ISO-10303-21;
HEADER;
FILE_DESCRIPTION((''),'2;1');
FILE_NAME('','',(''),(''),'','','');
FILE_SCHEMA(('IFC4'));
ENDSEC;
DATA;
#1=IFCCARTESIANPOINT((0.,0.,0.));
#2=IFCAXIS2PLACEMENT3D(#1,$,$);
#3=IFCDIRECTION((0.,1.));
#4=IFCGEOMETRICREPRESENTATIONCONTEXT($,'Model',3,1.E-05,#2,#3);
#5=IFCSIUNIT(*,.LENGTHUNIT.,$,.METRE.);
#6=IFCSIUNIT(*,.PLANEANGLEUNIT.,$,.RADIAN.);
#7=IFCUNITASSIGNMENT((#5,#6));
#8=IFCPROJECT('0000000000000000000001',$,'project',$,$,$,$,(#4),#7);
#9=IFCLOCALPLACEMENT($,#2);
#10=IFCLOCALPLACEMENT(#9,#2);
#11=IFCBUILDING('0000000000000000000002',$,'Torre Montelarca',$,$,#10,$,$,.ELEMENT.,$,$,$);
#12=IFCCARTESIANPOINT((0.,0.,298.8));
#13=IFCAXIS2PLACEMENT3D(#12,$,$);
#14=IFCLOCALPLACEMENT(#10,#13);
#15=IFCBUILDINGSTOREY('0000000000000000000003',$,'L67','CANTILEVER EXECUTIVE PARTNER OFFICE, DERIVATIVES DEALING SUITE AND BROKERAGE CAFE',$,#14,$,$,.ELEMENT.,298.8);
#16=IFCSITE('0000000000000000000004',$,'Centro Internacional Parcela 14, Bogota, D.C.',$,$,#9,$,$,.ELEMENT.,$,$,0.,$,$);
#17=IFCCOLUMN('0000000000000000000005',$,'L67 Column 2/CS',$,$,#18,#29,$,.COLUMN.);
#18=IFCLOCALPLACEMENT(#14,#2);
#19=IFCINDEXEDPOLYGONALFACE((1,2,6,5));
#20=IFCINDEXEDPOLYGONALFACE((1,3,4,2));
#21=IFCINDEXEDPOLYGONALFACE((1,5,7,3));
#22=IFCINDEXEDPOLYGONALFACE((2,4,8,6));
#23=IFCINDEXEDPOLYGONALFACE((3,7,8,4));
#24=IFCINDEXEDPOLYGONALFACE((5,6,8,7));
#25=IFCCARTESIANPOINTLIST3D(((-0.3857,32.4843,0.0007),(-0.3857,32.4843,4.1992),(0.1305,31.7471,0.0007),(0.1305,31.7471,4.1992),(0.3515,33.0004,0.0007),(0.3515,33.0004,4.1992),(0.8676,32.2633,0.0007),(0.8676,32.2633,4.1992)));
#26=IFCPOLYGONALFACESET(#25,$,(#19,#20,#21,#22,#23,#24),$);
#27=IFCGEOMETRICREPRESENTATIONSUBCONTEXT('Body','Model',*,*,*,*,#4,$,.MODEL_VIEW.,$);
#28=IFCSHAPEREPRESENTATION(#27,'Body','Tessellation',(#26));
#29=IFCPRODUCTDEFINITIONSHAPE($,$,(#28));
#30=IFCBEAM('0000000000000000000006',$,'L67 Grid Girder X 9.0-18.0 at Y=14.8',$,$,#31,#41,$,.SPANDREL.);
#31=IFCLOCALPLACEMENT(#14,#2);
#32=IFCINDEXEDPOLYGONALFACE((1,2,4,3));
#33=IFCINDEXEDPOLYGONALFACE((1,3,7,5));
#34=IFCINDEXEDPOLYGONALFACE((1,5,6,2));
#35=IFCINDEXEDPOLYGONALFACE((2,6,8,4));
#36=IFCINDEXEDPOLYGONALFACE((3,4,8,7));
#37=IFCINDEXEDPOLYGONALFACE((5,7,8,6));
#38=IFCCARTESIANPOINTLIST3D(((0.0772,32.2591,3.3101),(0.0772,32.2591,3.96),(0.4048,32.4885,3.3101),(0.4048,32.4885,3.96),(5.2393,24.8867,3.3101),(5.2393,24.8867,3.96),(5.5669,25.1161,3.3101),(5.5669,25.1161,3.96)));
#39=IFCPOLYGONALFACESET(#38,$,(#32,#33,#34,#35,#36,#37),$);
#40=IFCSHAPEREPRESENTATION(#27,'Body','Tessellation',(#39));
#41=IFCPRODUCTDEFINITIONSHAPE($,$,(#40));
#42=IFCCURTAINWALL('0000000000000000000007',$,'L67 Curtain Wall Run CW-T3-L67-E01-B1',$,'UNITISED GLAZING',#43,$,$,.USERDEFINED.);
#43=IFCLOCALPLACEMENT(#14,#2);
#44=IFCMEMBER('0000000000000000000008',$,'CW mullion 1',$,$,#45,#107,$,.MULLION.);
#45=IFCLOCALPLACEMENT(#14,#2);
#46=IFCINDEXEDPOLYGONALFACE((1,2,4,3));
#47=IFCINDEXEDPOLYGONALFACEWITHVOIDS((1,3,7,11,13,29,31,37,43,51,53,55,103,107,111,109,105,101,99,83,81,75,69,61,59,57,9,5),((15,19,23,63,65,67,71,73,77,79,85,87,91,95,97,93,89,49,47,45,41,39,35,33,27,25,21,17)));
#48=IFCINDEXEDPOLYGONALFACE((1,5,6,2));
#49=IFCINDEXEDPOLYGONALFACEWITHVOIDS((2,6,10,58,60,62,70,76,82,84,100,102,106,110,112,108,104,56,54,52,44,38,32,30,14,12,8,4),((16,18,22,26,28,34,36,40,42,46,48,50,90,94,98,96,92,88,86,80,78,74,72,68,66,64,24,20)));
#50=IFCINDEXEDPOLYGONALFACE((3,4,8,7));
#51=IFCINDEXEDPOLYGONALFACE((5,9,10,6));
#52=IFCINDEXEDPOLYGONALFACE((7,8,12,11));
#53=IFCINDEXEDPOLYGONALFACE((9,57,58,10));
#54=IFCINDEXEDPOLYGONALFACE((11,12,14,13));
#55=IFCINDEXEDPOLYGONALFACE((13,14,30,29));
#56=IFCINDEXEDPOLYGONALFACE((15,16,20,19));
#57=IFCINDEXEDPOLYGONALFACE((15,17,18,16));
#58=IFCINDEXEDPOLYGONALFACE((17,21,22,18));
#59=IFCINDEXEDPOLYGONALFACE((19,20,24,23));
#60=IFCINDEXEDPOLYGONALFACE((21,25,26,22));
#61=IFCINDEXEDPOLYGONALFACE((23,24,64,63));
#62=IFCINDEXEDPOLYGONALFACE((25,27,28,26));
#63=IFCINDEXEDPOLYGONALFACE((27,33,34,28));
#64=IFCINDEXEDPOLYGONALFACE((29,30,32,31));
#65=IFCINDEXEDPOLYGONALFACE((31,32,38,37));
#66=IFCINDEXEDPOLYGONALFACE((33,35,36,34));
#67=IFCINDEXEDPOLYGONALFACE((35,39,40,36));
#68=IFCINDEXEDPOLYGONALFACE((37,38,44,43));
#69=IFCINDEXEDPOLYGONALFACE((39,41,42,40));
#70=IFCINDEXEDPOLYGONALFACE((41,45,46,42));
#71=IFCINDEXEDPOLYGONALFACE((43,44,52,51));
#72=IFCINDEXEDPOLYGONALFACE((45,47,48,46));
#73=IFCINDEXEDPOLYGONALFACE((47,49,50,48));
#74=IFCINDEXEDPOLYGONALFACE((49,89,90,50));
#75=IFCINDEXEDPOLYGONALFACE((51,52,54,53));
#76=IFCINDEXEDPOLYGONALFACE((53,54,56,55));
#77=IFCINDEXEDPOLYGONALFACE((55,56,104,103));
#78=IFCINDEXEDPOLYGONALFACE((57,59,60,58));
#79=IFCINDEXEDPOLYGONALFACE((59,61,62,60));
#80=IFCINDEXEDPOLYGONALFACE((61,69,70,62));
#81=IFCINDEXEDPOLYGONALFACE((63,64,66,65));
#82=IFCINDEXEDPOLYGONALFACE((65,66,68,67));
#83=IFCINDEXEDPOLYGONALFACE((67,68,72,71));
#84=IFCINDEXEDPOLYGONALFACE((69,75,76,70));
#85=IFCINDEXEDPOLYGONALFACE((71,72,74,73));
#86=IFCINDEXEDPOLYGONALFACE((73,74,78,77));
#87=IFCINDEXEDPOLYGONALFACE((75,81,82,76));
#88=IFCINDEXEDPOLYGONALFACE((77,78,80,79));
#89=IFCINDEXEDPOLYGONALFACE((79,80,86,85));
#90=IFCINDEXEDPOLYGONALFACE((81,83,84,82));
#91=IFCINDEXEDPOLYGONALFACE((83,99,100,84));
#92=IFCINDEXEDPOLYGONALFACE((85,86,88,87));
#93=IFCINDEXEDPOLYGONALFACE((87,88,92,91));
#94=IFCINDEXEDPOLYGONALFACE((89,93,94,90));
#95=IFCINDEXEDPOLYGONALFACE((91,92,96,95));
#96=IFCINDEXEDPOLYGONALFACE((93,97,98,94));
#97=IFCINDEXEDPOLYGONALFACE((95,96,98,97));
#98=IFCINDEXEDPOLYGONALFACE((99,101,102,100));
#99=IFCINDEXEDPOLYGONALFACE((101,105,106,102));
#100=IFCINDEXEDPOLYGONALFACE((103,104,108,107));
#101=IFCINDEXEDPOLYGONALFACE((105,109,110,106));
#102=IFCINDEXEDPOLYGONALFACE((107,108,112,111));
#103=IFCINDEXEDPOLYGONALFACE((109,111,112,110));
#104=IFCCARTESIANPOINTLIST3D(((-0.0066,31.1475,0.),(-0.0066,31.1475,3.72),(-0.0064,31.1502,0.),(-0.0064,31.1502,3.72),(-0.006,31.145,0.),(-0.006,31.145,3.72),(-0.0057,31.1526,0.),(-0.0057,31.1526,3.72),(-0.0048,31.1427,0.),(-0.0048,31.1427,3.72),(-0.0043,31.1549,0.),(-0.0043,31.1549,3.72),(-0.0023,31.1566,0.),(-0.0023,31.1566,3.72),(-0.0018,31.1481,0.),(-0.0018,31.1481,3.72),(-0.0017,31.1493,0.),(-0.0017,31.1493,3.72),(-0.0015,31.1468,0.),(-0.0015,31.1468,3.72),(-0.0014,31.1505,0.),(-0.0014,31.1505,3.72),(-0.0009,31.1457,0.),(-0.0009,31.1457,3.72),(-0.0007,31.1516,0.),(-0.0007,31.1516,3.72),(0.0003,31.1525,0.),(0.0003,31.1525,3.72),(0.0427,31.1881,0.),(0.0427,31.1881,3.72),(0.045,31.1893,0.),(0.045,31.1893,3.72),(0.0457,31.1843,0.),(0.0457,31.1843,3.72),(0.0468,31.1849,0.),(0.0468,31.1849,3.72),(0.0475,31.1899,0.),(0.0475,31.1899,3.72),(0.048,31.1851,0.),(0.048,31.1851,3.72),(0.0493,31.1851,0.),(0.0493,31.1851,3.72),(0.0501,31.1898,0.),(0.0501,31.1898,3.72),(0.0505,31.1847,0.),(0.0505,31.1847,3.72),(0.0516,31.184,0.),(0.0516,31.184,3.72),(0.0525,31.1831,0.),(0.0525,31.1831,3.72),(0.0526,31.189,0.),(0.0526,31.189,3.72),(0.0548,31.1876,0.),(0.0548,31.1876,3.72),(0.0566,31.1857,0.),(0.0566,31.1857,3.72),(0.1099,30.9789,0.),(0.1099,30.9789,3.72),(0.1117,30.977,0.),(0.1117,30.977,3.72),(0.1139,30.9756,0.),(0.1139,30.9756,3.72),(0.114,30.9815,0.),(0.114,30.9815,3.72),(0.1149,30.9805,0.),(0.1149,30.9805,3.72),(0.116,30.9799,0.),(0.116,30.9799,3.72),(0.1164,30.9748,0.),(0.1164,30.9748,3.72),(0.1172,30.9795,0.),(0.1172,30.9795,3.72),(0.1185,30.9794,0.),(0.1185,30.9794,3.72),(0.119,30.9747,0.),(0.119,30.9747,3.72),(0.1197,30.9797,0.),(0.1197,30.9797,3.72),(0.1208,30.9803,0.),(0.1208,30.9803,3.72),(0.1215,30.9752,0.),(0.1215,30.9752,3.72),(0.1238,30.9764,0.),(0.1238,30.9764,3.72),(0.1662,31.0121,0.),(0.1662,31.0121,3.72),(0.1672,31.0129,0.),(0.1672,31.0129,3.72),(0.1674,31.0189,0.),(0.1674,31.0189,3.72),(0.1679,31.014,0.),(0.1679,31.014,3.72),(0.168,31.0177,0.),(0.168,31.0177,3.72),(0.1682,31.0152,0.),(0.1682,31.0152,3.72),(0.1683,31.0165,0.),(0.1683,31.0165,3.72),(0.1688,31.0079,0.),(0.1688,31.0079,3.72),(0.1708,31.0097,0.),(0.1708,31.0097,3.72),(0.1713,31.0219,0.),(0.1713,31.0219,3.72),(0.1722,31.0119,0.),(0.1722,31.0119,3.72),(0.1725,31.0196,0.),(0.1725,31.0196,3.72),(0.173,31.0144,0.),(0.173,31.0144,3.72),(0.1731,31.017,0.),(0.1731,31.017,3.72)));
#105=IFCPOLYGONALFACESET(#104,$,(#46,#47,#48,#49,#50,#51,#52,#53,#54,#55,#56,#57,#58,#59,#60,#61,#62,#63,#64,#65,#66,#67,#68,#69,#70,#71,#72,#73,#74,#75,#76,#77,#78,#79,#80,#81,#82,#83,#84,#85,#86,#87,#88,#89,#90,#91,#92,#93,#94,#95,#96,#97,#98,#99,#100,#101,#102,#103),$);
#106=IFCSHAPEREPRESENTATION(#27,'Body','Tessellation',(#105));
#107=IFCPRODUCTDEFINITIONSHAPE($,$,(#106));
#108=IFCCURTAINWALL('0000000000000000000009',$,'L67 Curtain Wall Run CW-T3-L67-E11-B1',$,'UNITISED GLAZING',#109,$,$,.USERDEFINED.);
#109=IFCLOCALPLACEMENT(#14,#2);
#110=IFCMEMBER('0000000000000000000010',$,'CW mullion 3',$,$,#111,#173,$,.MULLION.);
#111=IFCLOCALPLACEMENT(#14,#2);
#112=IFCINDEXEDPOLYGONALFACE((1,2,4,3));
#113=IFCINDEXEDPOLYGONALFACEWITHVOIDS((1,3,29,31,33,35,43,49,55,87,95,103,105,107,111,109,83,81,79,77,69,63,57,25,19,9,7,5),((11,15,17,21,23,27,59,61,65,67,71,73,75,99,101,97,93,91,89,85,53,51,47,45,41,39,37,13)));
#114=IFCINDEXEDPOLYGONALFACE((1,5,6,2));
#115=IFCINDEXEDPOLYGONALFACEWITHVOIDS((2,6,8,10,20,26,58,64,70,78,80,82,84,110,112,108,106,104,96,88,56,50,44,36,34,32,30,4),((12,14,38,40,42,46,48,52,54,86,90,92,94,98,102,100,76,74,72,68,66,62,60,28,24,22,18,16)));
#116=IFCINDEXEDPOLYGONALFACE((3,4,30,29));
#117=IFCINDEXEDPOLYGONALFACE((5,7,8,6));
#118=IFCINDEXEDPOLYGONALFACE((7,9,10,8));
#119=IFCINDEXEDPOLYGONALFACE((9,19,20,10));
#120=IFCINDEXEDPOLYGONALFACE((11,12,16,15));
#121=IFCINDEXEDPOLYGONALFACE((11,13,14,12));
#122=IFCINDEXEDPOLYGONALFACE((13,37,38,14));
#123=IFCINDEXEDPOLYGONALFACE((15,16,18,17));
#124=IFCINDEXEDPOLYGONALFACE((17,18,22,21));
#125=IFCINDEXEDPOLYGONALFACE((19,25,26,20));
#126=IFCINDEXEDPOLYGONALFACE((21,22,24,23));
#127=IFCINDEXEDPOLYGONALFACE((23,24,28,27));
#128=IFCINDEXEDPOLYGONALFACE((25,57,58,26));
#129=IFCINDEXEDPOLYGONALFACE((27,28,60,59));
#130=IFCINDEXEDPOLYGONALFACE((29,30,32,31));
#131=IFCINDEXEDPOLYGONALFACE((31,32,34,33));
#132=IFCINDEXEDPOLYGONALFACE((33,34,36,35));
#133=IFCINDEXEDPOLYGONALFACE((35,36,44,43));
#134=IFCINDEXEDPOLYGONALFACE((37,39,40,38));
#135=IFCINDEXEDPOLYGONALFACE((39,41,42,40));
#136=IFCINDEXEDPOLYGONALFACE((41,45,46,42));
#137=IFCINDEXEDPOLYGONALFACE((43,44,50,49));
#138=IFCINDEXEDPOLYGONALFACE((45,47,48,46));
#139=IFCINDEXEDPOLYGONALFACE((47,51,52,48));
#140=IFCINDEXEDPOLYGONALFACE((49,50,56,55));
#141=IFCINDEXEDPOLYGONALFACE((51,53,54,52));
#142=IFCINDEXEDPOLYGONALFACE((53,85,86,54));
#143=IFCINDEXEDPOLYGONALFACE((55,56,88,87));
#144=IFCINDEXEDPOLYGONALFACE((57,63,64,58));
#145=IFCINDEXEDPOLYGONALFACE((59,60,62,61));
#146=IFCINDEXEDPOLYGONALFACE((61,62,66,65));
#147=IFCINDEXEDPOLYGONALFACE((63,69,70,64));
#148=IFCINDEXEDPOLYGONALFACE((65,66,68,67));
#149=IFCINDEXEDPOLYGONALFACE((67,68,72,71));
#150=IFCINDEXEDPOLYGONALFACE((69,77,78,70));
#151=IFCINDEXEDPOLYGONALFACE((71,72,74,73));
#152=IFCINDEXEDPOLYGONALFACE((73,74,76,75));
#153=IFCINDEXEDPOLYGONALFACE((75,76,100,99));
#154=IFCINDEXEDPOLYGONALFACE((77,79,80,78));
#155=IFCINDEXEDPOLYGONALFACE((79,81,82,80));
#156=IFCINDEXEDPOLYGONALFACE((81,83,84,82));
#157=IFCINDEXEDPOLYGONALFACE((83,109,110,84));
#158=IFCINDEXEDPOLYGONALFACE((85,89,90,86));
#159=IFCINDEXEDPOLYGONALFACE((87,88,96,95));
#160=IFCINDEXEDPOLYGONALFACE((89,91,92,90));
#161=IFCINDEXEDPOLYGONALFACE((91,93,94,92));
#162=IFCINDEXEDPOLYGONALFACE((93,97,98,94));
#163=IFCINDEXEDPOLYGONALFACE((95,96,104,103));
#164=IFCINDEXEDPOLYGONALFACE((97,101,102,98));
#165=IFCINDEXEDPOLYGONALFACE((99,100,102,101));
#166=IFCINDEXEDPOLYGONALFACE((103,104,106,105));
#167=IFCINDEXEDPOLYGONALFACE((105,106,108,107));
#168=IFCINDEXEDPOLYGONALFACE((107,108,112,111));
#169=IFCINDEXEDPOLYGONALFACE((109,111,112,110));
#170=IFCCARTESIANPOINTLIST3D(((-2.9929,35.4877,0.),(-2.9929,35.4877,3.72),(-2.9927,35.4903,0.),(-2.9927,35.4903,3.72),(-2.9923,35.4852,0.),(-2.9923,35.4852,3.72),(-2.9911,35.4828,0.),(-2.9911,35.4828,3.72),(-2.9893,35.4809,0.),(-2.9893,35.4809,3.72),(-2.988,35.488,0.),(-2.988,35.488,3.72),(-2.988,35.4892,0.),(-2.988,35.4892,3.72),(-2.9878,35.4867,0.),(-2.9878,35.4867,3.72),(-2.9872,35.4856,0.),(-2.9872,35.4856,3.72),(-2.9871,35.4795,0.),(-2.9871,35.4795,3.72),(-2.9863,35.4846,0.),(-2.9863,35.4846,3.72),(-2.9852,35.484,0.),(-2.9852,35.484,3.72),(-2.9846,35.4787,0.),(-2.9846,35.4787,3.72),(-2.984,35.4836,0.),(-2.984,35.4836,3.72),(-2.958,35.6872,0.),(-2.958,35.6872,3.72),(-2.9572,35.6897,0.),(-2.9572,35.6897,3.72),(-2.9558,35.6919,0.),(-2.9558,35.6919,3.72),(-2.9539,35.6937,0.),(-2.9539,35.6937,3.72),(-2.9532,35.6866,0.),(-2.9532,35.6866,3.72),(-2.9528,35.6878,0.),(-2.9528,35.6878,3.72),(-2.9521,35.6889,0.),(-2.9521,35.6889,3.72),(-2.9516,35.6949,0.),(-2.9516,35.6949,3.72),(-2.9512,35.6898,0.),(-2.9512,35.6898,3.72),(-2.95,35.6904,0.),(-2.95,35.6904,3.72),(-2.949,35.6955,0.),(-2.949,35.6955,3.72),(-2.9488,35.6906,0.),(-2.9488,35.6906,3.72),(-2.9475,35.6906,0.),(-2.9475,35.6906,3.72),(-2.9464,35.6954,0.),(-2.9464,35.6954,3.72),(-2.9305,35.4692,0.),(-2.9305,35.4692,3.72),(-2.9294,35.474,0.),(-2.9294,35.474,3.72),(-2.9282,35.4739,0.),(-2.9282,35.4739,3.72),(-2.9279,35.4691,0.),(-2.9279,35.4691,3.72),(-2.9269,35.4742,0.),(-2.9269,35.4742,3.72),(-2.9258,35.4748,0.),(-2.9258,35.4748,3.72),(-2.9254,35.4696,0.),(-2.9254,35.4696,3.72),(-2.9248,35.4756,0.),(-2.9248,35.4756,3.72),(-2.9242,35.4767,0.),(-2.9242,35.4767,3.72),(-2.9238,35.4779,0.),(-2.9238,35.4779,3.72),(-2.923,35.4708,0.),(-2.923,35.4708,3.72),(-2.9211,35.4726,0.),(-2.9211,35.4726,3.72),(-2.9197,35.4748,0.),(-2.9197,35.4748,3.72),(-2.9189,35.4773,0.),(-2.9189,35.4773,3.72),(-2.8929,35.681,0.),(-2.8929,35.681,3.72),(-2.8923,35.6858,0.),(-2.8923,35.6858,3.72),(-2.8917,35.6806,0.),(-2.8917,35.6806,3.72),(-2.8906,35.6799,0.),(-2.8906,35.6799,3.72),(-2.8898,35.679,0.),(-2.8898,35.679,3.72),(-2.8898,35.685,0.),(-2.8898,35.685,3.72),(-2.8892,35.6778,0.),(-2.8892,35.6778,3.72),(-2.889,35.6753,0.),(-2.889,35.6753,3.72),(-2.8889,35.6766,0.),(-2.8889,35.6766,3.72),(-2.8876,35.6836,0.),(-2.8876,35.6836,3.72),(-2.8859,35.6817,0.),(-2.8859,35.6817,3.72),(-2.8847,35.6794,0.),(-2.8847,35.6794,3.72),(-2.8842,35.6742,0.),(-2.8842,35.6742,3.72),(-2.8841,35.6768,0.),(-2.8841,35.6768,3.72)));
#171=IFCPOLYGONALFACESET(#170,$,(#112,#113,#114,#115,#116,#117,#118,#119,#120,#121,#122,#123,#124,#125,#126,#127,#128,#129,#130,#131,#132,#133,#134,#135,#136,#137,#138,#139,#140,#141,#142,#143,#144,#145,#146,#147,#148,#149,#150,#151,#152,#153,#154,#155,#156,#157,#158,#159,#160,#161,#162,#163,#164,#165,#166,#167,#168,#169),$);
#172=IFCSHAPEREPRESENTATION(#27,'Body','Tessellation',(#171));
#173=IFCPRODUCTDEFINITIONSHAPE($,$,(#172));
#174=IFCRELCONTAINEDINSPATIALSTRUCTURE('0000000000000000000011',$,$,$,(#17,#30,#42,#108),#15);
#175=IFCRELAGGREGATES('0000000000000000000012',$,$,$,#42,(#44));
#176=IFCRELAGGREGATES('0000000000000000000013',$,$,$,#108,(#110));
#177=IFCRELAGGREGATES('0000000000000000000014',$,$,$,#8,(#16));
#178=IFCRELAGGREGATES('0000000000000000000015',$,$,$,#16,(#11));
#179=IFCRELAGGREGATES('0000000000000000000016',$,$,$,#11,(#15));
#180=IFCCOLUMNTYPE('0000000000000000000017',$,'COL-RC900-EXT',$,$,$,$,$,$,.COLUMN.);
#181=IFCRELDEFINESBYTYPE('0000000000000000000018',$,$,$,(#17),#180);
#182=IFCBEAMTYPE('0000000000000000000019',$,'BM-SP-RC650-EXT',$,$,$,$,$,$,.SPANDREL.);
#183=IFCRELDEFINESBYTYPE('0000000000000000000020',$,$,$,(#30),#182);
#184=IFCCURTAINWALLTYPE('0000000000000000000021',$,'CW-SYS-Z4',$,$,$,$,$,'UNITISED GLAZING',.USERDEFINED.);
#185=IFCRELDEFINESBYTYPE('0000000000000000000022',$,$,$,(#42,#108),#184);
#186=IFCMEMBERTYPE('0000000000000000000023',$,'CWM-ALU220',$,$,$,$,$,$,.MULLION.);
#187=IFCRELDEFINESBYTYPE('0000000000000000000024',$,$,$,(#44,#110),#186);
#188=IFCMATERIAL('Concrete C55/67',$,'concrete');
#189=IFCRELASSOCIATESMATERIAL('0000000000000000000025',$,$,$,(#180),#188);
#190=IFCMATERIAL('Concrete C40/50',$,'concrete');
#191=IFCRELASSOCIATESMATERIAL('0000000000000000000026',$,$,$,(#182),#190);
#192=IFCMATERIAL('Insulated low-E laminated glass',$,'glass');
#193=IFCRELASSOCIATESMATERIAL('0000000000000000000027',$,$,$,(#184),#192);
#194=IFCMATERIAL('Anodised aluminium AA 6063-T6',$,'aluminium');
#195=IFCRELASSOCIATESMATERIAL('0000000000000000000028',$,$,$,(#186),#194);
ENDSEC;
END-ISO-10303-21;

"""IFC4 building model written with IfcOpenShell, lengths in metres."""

from ifc_helpers import new_model, si_unit, direction, frame, origin, origin_2d, place, context, subcontext, project, spatial, rectangle, hollow_rectangle, extrude, source, transform, mapped, material, material_profile, profile_set, type_object, element, aggregate, save


model = new_model("IFC4")

# Units and contexts
model_context = context("Model", 3, precision=1e-05, world=origin(), true_north=direction((0.0, 1.0)))
body_context = subcontext(model_context, "Body", "Model", "MODEL_VIEW")
ifc_project = project(units=[si_unit("LENGTHUNIT", "METRE"), si_unit("PLANEANGLEUNIT", "RADIAN")], contexts=[model_context])

# Site, building, storey
site_placement = place(None, origin())
site = spatial("IfcSite", under=ifc_project, at=site_placement, Name="Centro Internacional Parcela 14, Bogota, D.C.", CompositionType="ELEMENT", RefElevation=0.0)
building_placement = place(site_placement, origin())
building = spatial("IfcBuilding", under=site, at=building_placement, Name="Torre Montelarca", CompositionType="ELEMENT")
storey_placement = place(building_placement, frame((0.0, 0.0, 298.8)))
storey = spatial("IfcBuildingStorey", under=building, at=storey_placement, Name="L67", Description="CANTILEVER EXECUTIVE PARTNER OFFICE, DERIVATIVES DEALING SUITE AND BROKERAGE CAFE", CompositionType="ELEMENT", Elevation=298.8)

# Column
ifc_material_1 = material(Name="Concrete C55/67", Category="concrete")
ifc_material_profile_1 = material_profile(ifc_material_1, rectangle(XDim=0.8999, YDim=0.8999, at=origin_2d()), Name="RC900X900", Category="concrete")
ifc_profile_set_1 = profile_set([ifc_material_profile_1], Name="Concrete C55/67")
column_type = type_object("IfcColumnType", Name="COL-RC900-EXT", PredefinedType="COLUMN", material=ifc_profile_set_1)
shared_shape_1 = source(origin(), body_context, "Body", "SweptSolid", [
    extrude(rectangle(XDim=0.8999, YDim=0.8999, at=origin_2d()), origin(), (0.0, 0.0, 1.0), 4.1985),
])
column_placement = place(storey_placement, frame((0.241, 32.3738, 0.0007), z_axis=(0.0, 0.0, 1.0), x_axis=(-0.573576, 0.819152, 0.0)))
element("IfcColumn", 1, at=column_placement, inside=storey, type_object=column_type, Name="L67 Column 2/CS", PredefinedType="COLUMN", context=body_context, shape_type="MappedRepresentation", body=[
    mapped(shared_shape_1, transform((0.0, 0.0, 0.0), scale=1.0)),
])

# Beam
ifc_material_2 = material(Name="Concrete C40/50", Category="concrete")
ifc_material_profile_2 = material_profile(ifc_material_2, rectangle(XDim=0.3999, YDim=0.6499, at=origin_2d()), Name="RCB400X650", Category="concrete")
ifc_profile_set_2 = profile_set([ifc_material_profile_2], Name="Concrete C40/50")
beam_type = type_object("IfcBeamType", Name="BM-SP-RC650-EXT", PredefinedType="SPANDREL", material=ifc_profile_set_2)
shared_shape_2 = source(origin(), body_context, "Body", "SweptSolid", [
    extrude(rectangle(XDim=0.3999, YDim=0.6499, at=origin_2d()), origin(), (0.0, 0.0, 1.0), 9.0),
])
beam_placement = place(storey_placement, frame((0.241, 32.3738, 3.635), z_axis=(0.573573, -0.819154, 0.0), x_axis=(0.819154, 0.573573, 0.0)))
element("IfcBeam", 2, at=beam_placement, inside=storey, type_object=beam_type, Name="L67 Grid Girder X 9.0-18.0 at Y=14.8", PredefinedType="SPANDREL", context=body_context, shape_type="MappedRepresentation", body=[
    mapped(shared_shape_2, transform((0.0, 0.0, 0.0), scale=1.0)),
])

# Curtain walls, members
ifc_material_3 = material(Name="Insulated low-E laminated glass", Category="glass")
curtain_wall_type = type_object("IfcCurtainWallType", Name="CW-SYS-Z4", ElementType="UNITISED GLAZING", PredefinedType="USERDEFINED", material=ifc_material_3)
curtain_wall_1_placement = place(storey_placement, origin())
curtain_wall_1 = element("IfcCurtainWall", 3, at=curtain_wall_1_placement, inside=storey, type_object=curtain_wall_type, Name="L67 Curtain Wall Run CW-T3-L67-E01-B1", ObjectType="UNITISED GLAZING", PredefinedType="USERDEFINED")
ifc_material_4 = material(Name="Anodised aluminium AA 6063-T6", Category="aluminium")
ifc_material_profile_3 = material_profile(ifc_material_4, hollow_rectangle(XDim=0.075, YDim=0.22, WallThickness=0.0049, InnerFilletRadius=0.0049, OuterFilletRadius=0.01, at=origin_2d()), Name="ALU75X220X5", Category="aluminium")
ifc_profile_set_3 = profile_set([ifc_material_profile_3], Name="Anodised aluminium AA 6063-T6")
member_type_1 = type_object("IfcMemberType", Name="CWM-ALU220", PredefinedType="MULLION", material=ifc_profile_set_3)
shared_shape_3 = source(origin(), body_context, "Body", "SweptSolid", [
    extrude(hollow_rectangle(XDim=0.075, YDim=0.22, WallThickness=0.0049, InnerFilletRadius=0.0049, OuterFilletRadius=0.01, at=origin_2d()), origin(), (0.0, 0.0, 1.0), 3.72),
])
member_1_placement = place(storey_placement, frame((0.0833, 31.0823, 0.0), z_axis=(0.0, 0.0, 1.0), x_axis=(0.819157, 0.573569, 0.0)))
member_1 = element("IfcMember", 4, at=member_1_placement, type_object=member_type_1, Name="CW mullion 1", PredefinedType="MULLION", context=body_context, shape_type="MappedRepresentation", body=[
    mapped(shared_shape_3, transform((0.0, 0.0, 0.0), scale=1.0)),
])
curtain_wall_2_placement = place(storey_placement, origin())
curtain_wall_2 = element("IfcCurtainWall", 5, at=curtain_wall_2_placement, inside=storey, type_object=curtain_wall_type, Name="L67 Curtain Wall Run CW-T3-L67-E11-B1", ObjectType="UNITISED GLAZING", PredefinedType="USERDEFINED")
member_2_placement = place(storey_placement, frame((-2.9385, 35.5823, 0.0), z_axis=(0.0, 0.0, 1.0), x_axis=(0.98481, -0.173635, 0.0)))
member_2 = element("IfcMember", 6, at=member_2_placement, type_object=member_type_1, Name="CW mullion 3", PredefinedType="MULLION", context=body_context, shape_type="MappedRepresentation", body=[
    mapped(shared_shape_3, transform((0.0, 0.0, 0.0), scale=1.0)),
])

aggregate(curtain_wall_1, [member_1])

aggregate(curtain_wall_2, [member_2])

save(model, "model.ifc")
